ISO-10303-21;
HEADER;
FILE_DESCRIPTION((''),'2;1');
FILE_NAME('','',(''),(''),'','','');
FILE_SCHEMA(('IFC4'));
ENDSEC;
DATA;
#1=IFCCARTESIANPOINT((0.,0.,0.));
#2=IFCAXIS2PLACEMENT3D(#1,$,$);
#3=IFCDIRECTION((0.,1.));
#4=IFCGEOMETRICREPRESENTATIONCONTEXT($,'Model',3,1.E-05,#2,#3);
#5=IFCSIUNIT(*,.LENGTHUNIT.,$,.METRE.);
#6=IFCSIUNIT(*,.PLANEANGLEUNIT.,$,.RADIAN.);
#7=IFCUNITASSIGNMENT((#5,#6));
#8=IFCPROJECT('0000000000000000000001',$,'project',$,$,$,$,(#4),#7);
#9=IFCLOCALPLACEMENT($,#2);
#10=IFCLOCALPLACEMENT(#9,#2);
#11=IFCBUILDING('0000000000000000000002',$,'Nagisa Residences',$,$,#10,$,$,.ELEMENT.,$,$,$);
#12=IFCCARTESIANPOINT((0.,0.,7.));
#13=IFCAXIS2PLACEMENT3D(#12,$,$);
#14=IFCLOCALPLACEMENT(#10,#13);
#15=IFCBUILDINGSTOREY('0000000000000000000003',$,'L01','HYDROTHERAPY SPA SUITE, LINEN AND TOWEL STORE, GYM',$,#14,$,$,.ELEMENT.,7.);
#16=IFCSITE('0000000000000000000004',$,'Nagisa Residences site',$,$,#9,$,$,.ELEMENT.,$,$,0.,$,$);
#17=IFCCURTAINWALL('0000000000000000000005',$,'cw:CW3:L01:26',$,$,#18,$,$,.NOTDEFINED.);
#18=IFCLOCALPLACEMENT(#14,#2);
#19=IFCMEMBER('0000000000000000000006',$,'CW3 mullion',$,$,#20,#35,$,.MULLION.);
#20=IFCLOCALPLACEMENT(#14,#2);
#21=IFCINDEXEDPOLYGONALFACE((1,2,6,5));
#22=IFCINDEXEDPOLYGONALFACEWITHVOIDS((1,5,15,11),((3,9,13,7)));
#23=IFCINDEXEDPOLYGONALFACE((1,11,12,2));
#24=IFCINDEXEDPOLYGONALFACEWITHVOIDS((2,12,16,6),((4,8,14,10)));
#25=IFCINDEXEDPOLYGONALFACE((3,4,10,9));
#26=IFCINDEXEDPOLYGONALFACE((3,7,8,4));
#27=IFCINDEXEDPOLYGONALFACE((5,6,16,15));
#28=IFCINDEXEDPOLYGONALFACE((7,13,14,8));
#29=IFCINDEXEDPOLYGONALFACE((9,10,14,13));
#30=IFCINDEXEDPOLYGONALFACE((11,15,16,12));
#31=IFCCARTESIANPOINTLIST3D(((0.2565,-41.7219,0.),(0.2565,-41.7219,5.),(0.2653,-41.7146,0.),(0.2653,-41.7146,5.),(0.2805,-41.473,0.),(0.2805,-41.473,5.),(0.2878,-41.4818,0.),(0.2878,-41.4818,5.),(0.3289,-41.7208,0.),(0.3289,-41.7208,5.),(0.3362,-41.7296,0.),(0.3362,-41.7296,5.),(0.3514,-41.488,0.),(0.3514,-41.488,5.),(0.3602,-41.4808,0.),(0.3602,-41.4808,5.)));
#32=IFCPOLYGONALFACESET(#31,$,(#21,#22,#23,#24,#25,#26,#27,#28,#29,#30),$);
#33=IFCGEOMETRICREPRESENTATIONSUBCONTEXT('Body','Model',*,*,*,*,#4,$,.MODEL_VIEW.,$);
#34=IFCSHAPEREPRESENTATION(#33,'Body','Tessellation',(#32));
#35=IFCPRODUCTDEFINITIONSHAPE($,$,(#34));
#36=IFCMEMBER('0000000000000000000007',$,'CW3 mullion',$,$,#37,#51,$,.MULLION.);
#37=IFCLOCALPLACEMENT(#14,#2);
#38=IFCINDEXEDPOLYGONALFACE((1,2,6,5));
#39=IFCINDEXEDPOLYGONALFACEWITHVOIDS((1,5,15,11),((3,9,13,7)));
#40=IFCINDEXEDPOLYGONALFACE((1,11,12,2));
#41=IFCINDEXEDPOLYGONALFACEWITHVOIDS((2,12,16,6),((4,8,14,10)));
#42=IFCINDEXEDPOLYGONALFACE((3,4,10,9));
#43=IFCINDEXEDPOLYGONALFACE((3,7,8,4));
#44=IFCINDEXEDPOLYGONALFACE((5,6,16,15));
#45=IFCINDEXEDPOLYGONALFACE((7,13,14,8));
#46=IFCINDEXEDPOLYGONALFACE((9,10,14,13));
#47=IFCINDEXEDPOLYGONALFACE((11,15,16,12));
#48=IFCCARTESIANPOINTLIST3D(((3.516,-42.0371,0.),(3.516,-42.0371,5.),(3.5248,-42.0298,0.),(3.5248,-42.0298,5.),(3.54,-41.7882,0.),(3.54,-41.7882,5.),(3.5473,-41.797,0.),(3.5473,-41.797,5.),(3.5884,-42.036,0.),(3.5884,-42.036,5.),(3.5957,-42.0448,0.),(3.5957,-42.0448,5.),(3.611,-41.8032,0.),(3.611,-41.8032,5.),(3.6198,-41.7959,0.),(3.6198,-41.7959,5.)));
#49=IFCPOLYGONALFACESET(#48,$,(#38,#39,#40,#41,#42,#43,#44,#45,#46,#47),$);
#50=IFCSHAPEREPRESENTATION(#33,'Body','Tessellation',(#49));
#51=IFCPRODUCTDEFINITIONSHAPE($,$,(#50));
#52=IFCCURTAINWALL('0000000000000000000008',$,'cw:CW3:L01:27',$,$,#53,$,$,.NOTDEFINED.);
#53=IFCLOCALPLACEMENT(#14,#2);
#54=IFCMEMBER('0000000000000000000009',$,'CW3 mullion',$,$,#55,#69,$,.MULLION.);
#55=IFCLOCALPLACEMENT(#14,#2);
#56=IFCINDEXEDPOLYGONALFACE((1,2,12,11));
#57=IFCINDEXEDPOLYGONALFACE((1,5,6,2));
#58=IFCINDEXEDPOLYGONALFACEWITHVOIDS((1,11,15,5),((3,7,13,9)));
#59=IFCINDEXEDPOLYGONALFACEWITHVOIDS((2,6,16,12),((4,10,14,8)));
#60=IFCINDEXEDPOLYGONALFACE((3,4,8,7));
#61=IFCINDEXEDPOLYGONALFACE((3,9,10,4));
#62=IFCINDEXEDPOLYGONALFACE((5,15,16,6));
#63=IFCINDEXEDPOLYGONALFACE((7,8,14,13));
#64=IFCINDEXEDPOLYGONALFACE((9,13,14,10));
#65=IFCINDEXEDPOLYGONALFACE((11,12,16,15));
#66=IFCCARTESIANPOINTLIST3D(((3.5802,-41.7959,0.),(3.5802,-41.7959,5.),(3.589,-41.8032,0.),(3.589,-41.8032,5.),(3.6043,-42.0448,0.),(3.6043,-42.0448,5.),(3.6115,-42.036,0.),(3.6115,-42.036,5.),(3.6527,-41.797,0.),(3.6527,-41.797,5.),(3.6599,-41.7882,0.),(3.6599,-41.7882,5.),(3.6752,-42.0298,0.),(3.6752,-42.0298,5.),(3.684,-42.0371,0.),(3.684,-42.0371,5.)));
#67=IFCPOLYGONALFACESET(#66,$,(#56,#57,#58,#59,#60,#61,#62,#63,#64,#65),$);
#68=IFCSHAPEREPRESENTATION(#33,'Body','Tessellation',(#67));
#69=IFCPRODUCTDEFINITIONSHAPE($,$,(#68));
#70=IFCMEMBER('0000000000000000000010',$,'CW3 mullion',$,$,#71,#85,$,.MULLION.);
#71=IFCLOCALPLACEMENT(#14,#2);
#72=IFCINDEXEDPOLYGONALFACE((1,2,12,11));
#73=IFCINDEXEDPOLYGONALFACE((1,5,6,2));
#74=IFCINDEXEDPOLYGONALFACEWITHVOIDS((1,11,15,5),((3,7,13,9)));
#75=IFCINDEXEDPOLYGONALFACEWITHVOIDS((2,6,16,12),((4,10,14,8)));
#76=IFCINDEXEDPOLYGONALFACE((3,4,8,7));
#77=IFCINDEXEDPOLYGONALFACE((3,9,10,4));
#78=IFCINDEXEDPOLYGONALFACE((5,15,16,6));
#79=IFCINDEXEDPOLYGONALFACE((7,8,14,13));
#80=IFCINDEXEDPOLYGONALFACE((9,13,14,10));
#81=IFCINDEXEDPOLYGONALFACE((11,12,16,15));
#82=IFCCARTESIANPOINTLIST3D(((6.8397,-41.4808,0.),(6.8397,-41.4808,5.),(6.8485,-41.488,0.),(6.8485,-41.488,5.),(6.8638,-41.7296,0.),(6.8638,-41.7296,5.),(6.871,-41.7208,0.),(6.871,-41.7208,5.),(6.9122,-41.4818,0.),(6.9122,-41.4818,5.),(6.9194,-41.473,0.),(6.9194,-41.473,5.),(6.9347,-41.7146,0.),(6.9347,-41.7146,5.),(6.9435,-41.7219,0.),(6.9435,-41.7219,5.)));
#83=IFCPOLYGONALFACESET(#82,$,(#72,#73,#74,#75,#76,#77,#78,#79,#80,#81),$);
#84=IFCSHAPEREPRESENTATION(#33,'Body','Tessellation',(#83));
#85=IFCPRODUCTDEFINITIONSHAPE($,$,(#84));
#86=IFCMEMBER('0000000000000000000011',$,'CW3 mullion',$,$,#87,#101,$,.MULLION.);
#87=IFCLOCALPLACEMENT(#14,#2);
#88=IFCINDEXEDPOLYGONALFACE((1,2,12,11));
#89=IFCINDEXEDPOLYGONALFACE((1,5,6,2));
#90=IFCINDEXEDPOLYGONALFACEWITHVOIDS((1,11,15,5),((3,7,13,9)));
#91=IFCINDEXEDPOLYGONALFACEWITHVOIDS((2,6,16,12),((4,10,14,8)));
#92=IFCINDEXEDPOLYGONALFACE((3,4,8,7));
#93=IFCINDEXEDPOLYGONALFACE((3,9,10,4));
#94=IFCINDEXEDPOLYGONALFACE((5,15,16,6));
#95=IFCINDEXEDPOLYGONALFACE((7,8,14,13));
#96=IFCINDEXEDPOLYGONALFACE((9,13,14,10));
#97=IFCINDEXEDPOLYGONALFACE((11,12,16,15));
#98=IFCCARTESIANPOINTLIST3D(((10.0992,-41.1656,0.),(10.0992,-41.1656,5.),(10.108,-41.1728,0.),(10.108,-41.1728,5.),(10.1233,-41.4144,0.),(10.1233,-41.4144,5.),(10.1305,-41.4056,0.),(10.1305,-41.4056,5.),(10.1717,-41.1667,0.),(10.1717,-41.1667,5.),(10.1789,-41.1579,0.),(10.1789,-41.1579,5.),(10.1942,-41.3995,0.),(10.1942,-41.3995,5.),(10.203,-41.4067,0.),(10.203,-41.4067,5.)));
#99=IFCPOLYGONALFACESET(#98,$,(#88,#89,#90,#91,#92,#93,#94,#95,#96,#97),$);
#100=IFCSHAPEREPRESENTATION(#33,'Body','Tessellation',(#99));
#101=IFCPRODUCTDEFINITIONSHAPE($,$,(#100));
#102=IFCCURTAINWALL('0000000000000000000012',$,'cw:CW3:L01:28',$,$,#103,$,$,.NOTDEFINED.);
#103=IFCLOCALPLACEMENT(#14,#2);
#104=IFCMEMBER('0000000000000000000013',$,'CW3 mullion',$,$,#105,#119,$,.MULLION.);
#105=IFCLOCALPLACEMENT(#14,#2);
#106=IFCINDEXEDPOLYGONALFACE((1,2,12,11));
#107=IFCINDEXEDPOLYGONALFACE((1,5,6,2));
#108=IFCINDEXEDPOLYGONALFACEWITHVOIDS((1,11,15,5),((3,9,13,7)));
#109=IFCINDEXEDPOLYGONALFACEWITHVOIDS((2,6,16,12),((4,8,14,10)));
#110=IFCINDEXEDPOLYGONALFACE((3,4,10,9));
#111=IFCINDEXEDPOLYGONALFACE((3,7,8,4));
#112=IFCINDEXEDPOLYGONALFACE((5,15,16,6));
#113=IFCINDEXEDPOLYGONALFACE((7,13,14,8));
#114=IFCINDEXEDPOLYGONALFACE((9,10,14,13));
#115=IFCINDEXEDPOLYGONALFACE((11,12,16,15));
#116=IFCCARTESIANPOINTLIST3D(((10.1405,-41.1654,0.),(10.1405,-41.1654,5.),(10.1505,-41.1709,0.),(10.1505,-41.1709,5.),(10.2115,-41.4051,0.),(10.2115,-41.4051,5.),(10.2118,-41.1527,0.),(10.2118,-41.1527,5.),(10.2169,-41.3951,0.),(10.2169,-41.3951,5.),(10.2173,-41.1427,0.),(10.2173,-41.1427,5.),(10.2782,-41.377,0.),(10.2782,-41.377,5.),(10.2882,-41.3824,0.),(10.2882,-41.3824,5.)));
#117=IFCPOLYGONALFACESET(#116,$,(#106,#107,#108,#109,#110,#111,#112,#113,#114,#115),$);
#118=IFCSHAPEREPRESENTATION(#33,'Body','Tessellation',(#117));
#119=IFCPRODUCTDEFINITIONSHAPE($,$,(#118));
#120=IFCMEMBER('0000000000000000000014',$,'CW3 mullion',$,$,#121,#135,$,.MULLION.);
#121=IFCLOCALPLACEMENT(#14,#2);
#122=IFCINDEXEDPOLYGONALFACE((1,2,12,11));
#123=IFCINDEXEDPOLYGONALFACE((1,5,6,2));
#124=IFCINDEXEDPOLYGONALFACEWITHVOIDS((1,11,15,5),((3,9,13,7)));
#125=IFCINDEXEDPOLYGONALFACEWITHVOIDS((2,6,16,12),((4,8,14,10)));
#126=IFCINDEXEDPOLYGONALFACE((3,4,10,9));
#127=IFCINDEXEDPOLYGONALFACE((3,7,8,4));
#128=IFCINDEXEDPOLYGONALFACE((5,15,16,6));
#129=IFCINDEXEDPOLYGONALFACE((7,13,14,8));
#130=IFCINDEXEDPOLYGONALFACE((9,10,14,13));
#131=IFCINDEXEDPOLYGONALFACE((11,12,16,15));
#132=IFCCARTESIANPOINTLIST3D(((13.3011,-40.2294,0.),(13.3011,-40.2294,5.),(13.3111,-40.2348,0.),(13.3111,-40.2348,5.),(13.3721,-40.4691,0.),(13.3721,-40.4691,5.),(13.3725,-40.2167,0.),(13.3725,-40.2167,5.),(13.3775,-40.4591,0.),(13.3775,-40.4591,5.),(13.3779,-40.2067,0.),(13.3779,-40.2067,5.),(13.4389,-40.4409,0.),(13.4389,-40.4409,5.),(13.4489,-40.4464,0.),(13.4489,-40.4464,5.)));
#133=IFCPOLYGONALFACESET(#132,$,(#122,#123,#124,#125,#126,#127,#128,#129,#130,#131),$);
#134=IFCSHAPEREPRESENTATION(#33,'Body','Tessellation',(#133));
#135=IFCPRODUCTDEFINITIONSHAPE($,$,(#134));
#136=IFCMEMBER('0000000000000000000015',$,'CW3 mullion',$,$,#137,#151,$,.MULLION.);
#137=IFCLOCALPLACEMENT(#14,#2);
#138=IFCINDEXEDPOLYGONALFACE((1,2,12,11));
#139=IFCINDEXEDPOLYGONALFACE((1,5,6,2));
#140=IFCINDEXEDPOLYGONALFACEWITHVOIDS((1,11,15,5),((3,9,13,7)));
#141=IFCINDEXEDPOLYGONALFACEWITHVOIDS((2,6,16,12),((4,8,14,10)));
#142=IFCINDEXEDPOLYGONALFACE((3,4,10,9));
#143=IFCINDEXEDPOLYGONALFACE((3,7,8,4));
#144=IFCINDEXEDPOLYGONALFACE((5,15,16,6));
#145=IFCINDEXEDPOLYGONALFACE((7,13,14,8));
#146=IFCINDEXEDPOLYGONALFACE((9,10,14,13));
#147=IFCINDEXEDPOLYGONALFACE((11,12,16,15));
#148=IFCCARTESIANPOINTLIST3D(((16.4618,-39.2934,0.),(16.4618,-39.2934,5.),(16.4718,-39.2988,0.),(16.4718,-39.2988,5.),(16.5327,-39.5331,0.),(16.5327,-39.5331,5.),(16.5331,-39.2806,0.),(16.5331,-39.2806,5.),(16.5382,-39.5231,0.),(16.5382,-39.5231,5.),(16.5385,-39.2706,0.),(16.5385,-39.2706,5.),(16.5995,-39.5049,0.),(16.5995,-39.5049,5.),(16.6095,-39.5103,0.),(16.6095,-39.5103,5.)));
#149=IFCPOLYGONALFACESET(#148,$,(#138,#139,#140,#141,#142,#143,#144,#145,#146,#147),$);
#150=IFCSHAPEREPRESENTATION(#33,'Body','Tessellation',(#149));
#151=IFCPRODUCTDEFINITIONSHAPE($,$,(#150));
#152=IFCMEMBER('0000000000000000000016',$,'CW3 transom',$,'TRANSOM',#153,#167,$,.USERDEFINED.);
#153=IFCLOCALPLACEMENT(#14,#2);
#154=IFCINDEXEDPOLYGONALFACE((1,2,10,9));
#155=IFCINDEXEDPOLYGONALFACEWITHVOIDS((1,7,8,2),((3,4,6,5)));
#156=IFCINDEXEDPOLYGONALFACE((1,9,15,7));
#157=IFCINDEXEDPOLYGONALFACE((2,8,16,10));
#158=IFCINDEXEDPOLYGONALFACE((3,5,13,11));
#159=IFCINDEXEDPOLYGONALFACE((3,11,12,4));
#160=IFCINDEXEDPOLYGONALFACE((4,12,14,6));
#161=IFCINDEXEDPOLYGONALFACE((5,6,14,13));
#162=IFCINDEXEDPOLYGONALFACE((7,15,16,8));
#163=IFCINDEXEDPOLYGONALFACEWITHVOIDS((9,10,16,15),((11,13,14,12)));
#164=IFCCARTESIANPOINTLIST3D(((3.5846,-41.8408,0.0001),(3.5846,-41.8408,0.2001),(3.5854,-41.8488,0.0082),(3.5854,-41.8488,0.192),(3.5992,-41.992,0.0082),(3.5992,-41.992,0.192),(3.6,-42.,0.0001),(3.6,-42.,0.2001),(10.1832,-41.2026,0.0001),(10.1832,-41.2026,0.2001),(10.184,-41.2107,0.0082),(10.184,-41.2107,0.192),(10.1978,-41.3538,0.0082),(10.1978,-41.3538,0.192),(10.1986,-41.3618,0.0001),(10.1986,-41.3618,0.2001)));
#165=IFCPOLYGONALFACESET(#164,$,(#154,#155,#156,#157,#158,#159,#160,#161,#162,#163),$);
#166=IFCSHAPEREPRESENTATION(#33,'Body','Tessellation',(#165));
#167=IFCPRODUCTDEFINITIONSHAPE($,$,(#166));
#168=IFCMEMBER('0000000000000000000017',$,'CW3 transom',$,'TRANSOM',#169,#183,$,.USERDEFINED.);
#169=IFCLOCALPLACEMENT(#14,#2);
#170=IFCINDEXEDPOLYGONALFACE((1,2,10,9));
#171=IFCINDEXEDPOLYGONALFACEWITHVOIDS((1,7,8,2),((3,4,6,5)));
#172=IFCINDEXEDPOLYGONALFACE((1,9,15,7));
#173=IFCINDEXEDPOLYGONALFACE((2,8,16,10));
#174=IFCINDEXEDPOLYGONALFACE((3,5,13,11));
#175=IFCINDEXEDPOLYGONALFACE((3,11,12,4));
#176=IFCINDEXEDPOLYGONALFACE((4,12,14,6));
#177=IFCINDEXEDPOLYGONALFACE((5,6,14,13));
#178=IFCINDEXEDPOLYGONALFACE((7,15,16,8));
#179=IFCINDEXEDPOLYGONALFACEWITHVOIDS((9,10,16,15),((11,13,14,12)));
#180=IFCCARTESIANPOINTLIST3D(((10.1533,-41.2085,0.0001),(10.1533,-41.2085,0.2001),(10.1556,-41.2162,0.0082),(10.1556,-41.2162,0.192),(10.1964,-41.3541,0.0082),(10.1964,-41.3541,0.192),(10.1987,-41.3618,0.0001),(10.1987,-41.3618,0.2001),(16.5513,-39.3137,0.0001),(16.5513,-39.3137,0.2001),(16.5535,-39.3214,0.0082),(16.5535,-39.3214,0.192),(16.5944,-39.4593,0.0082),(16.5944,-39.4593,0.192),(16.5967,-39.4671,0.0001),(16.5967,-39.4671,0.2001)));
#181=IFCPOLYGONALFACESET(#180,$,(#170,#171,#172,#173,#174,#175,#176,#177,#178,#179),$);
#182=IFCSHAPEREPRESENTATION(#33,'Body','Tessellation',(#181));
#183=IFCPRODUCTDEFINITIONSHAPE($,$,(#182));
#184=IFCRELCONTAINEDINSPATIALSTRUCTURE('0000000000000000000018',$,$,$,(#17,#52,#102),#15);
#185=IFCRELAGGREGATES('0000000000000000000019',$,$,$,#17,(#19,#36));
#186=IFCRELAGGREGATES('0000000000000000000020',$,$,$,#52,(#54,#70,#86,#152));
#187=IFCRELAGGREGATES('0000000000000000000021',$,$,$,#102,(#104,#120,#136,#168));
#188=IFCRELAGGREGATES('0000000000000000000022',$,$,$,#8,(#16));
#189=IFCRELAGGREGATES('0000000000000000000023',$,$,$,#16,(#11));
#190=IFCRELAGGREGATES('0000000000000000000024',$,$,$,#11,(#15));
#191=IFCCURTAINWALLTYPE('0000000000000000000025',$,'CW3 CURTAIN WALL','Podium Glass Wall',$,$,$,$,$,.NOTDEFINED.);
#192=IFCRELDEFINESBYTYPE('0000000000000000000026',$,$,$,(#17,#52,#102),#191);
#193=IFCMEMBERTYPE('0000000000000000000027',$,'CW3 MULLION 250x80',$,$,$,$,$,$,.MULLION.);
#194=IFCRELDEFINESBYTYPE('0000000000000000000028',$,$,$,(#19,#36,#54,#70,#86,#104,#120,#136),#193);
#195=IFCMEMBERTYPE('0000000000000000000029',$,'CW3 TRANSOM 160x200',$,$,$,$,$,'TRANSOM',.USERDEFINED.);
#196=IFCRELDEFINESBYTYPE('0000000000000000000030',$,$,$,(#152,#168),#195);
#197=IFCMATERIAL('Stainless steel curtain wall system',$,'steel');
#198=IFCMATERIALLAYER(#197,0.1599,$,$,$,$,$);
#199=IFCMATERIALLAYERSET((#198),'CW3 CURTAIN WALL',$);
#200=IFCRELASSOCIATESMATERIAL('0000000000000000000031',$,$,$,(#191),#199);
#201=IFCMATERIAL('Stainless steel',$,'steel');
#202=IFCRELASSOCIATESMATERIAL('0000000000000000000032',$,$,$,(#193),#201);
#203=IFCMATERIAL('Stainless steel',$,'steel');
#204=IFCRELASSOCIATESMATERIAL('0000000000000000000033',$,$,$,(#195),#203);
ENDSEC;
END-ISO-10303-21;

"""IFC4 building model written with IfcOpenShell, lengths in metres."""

from ifc_helpers import new_model, si_unit, direction, frame, origin, origin_2d, place, context, subcontext, project, spatial, hollow_rectangle, extrude, material, layer, layer_set, material_profile, profile_set, type_object, element, aggregate, save


model = new_model("IFC4")

# Units and contexts
model_context = context("Model", 3, precision=1e-05, world=origin(), true_north=direction((0.0, 1.0)))
body_context = subcontext(model_context, "Body", "Model", "MODEL_VIEW")
ifc_project = project(units=[si_unit("LENGTHUNIT", "METRE"), si_unit("PLANEANGLEUNIT", "RADIAN")], contexts=[model_context])

# Site, building, storey
site_placement = place(None, origin())
site = spatial("IfcSite", under=ifc_project, at=site_placement, Name="Nagisa Residences site", CompositionType="ELEMENT", RefElevation=0.0)
building_placement = place(site_placement, origin())
building = spatial("IfcBuilding", under=site, at=building_placement, Name="Nagisa Residences", CompositionType="ELEMENT")
storey_placement = place(building_placement, frame((0.0, 0.0, 7.0)))
storey = spatial("IfcBuildingStorey", under=building, at=storey_placement, Name="L01", Description="HYDROTHERAPY SPA SUITE, LINEN AND TOWEL STORE, GYM", CompositionType="ELEMENT", Elevation=7.0)

# Curtain walls, members
ifc_material_1 = material(Name="Stainless steel curtain wall system", Category="steel")
ifc_layer_1 = layer(ifc_material_1, 0.1599)
ifc_layer_set_1 = layer_set([ifc_layer_1], Name="CW3 CURTAIN WALL")
curtain_wall_type_1 = type_object("IfcCurtainWallType", Name="CW3 CURTAIN WALL", Description="Podium Glass Wall", PredefinedType="NOTDEFINED", material=ifc_layer_set_1)
curtain_wall_1_placement = place(storey_placement, origin())
curtain_wall_1 = element("IfcCurtainWall", 1, at=curtain_wall_1_placement, inside=storey, type_object=curtain_wall_type_1, Name="cw:CW3:L01:26", PredefinedType="NOTDEFINED")
ifc_material_2 = material(Name="Stainless steel", Category="steel")
ifc_material_profile_1 = material_profile(ifc_material_2, hollow_rectangle(XDim=0.25, YDim=0.0801, WallThickness=0.0081, at=origin_2d()), Name="CW3 MULLION 250x80")
ifc_profile_set_1 = profile_set([ifc_material_profile_1], Name="Stainless steel")
member_type_1 = type_object("IfcMemberType", Name="CW3 MULLION 250x80", PredefinedType="MULLION", material=ifc_profile_set_1)
member_1_placement = place(storey_placement, frame((0.3083, -41.6013, 0.0), z_axis=(0.0, 0.0, 1.0), x_axis=(0.096249, 0.995357, 0.0)))
member_1 = element("IfcMember", 2, at=member_1_placement, type_object=member_type_1, Name="CW3 mullion", PredefinedType="MULLION", context=body_context, shape_type="SweptSolid", body=[
    extrude(hollow_rectangle(XDim=0.25, YDim=0.0801, WallThickness=0.0081, at=origin_2d()), origin(), (0.0, 0.0, 1.0), 5.0),
])
member_2_placement = place(storey_placement, frame((3.5679, -41.9165, 0.0), z_axis=(0.0, 0.0, 1.0), x_axis=(0.096249, 0.995357, 0.0)))
member_2 = element("IfcMember", 3, at=member_2_placement, type_object=member_type_1, Name="CW3 mullion", PredefinedType="MULLION", context=body_context, shape_type="SweptSolid", body=[
    extrude(hollow_rectangle(XDim=0.25, YDim=0.0801, WallThickness=0.0081, at=origin_2d()), origin(), (0.0, 0.0, 1.0), 5.0),
])
curtain_wall_2_placement = place(storey_placement, origin())
curtain_wall_2 = element("IfcCurtainWall", 4, at=curtain_wall_2_placement, inside=storey, type_object=curtain_wall_type_1, Name="cw:CW3:L01:27", PredefinedType="NOTDEFINED")
member_3_placement = place(storey_placement, frame((3.6321, -41.9165, 0.0), z_axis=(0.0, 0.0, 1.0), x_axis=(-0.096249, 0.995357, 0.0)))
member_3 = element("IfcMember", 5, at=member_3_placement, type_object=member_type_1, Name="CW3 mullion", PredefinedType="MULLION", context=body_context, shape_type="SweptSolid", body=[
    extrude(hollow_rectangle(XDim=0.25, YDim=0.0801, WallThickness=0.0081, at=origin_2d()), origin(), (0.0, 0.0, 1.0), 5.0),
])
member_4_placement = place(storey_placement, frame((6.8916, -41.6013, 0.0), z_axis=(0.0, 0.0, 1.0), x_axis=(-0.096249, 0.995357, 0.0)))
member_4 = element("IfcMember", 6, at=member_4_placement, type_object=member_type_1, Name="CW3 mullion", PredefinedType="MULLION", context=body_context, shape_type="SweptSolid", body=[
    extrude(hollow_rectangle(XDim=0.25, YDim=0.0801, WallThickness=0.0081, at=origin_2d()), origin(), (0.0, 0.0, 1.0), 5.0),
])
member_5_placement = place(storey_placement, frame((10.1511, -41.2861, 0.0), z_axis=(0.0, 0.0, 1.0), x_axis=(-0.096249, 0.995357, 0.0)))
member_5 = element("IfcMember", 7, at=member_5_placement, type_object=member_type_1, Name="CW3 mullion", PredefinedType="MULLION", context=body_context, shape_type="SweptSolid", body=[
    extrude(hollow_rectangle(XDim=0.25, YDim=0.0801, WallThickness=0.0081, at=origin_2d()), origin(), (0.0, 0.0, 1.0), 5.0),
])
curtain_wall_3_placement = place(storey_placement, origin())
curtain_wall_3 = element("IfcCurtainWall", 8, at=curtain_wall_3_placement, inside=storey, type_object=curtain_wall_type_1, Name="cw:CW3:L01:28", PredefinedType="NOTDEFINED")
member_6_placement = place(storey_placement, frame((10.2144, -41.2739, 0.0), z_axis=(0.0, 0.0, 1.0), x_axis=(-0.283963, 0.958835, 0.0)))
member_6 = element("IfcMember", 9, at=member_6_placement, type_object=member_type_1, Name="CW3 mullion", PredefinedType="MULLION", context=body_context, shape_type="SweptSolid", body=[
    extrude(hollow_rectangle(XDim=0.25, YDim=0.0801, WallThickness=0.0081, at=origin_2d()), origin(), (0.0, 0.0, 1.0), 5.0),
])
member_7_placement = place(storey_placement, frame((13.375, -40.3379, 0.0), z_axis=(0.0, 0.0, 1.0), x_axis=(-0.283963, 0.958835, 0.0)))
member_7 = element("IfcMember", 10, at=member_7_placement, type_object=member_type_1, Name="CW3 mullion", PredefinedType="MULLION", context=body_context, shape_type="SweptSolid", body=[
    extrude(hollow_rectangle(XDim=0.25, YDim=0.0801, WallThickness=0.0081, at=origin_2d()), origin(), (0.0, 0.0, 1.0), 5.0),
])
member_8_placement = place(storey_placement, frame((16.5356, -39.4019, 0.0), z_axis=(0.0, 0.0, 1.0), x_axis=(-0.283963, 0.958835, 0.0)))
member_8 = element("IfcMember", 11, at=member_8_placement, type_object=member_type_1, Name="CW3 mullion", PredefinedType="MULLION", context=body_context, shape_type="SweptSolid", body=[
    extrude(hollow_rectangle(XDim=0.25, YDim=0.0801, WallThickness=0.0081, at=origin_2d()), origin(), (0.0, 0.0, 1.0), 5.0),
])

# Members
ifc_material_3 = material(Name="Stainless steel", Category="steel")
ifc_material_profile_2 = material_profile(ifc_material_3, hollow_rectangle(XDim=0.1599, YDim=0.2, WallThickness=0.0081, at=origin_2d()), Name="CW3 TRANSOM 160x200")
ifc_profile_set_2 = profile_set([ifc_material_profile_2], Name="Stainless steel")
member_type_2 = type_object("IfcMemberType", Name="CW3 TRANSOM 160x200", ElementType="TRANSOM", PredefinedType="USERDEFINED", material=ifc_profile_set_2)
member_9_placement = place(storey_placement, frame((3.5923, -41.9204, 0.1001), z_axis=(0.995356, 0.096265, 0.0), x_axis=(-0.096265, 0.995356, 0.0)))
member_9 = element("IfcMember", 12, at=member_9_placement, type_object=member_type_2, Name="CW3 transom", ObjectType="TRANSOM", PredefinedType="USERDEFINED", context=body_context, shape_type="SweptSolid", body=[
    extrude(hollow_rectangle(XDim=0.1599, YDim=0.2, WallThickness=0.0081, at=origin_2d()), origin(), (0.0, 0.0, 1.0), 6.6294),
])
member_10_placement = place(storey_placement, frame((10.176, -41.2852, 0.1001), z_axis=(0.958835, 0.283963, 0.0), x_axis=(-0.283963, 0.958835, 0.0)))
member_10 = element("IfcMember", 13, at=member_10_placement, type_object=member_type_2, Name="CW3 transom", ObjectType="TRANSOM", PredefinedType="USERDEFINED", context=body_context, shape_type="SweptSolid", body=[
    extrude(hollow_rectangle(XDim=0.1599, YDim=0.2, WallThickness=0.0081, at=origin_2d()), origin(), (0.0, 0.0, 1.0), 6.6726),
])

aggregate(curtain_wall_1, [member_1, member_2])
aggregate(curtain_wall_2, [member_3, member_4, member_5, member_9])
aggregate(curtain_wall_3, [member_6, member_7, member_8, member_10])

save(model, "model.ifc")
